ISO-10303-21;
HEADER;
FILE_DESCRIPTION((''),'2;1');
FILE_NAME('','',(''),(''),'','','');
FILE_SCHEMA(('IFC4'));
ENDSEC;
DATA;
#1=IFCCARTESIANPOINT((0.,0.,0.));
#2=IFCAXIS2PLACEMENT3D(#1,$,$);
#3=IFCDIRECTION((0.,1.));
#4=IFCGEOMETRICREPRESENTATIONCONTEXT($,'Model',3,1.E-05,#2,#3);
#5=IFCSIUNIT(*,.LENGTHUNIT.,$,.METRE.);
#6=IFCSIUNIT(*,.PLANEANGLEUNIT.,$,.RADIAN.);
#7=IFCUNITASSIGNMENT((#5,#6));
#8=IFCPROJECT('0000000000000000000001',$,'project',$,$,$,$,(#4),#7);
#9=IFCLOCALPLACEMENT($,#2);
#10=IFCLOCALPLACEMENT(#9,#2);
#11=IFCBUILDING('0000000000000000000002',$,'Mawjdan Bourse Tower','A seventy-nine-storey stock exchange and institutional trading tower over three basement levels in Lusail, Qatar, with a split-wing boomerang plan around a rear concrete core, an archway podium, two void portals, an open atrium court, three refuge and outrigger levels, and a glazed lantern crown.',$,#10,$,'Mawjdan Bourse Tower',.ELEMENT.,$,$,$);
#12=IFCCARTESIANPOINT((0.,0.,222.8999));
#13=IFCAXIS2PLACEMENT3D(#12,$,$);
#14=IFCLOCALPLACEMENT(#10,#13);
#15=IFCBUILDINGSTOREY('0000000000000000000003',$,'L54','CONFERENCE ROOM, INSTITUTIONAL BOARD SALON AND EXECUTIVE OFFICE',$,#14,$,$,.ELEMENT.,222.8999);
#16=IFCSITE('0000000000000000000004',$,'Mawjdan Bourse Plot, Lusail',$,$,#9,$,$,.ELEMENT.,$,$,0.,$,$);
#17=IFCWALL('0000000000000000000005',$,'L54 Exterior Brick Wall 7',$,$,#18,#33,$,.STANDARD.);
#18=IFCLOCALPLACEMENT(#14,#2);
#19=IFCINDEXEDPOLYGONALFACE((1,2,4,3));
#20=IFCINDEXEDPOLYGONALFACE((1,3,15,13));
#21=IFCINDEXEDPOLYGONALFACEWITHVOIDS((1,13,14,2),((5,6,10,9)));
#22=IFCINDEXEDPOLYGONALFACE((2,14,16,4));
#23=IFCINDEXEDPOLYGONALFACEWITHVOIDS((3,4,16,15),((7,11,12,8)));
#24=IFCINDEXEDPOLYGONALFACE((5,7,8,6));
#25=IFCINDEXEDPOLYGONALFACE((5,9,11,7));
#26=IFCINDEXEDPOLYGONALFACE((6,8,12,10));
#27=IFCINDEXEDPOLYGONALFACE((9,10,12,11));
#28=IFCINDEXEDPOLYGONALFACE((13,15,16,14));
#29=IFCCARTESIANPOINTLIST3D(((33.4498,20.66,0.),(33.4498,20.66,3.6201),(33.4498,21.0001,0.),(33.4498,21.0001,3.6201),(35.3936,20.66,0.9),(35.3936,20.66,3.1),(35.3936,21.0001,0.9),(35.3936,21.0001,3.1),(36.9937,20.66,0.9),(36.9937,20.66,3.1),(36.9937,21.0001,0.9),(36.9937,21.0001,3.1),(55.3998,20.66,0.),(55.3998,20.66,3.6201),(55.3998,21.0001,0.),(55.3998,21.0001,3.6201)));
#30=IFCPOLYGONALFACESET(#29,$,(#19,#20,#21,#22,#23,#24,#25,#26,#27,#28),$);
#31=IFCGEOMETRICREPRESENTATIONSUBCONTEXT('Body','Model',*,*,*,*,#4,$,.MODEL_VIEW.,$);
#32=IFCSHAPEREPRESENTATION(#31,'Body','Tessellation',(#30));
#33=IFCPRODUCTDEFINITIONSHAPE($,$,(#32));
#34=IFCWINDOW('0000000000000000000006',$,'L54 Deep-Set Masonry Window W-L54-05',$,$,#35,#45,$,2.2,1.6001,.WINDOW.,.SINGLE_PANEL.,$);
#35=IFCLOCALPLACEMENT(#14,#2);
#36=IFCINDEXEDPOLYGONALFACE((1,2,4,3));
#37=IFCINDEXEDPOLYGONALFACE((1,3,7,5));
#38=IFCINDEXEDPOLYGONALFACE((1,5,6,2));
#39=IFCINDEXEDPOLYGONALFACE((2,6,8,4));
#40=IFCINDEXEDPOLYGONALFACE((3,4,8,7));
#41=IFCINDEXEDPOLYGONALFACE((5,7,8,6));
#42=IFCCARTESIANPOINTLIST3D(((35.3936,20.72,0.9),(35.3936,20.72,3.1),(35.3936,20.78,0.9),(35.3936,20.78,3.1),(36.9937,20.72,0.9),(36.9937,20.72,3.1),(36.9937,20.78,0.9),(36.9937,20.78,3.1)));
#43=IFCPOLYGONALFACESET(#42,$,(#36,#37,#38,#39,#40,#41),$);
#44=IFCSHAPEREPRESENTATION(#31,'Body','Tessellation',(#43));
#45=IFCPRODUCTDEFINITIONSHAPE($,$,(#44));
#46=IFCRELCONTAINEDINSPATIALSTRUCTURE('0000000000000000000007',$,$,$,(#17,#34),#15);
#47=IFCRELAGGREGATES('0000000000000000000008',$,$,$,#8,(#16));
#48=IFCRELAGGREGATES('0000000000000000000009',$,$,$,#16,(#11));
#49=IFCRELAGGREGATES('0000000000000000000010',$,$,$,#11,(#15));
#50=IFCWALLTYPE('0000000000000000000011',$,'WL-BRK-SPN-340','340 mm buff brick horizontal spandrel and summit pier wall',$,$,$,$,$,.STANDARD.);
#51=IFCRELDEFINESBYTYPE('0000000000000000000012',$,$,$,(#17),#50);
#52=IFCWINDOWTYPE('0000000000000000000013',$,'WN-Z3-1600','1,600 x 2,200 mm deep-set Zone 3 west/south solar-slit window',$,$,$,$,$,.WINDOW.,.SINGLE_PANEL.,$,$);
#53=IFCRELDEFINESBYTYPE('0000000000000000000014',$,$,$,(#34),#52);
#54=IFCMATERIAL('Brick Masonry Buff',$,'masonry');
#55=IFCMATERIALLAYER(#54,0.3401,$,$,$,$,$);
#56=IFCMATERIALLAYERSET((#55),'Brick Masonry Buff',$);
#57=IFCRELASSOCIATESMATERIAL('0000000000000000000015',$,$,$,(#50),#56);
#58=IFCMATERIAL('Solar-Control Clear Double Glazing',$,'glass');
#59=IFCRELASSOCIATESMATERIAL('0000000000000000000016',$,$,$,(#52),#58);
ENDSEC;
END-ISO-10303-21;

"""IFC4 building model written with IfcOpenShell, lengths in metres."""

from ifc_helpers import new_model, si_unit, direction, frame, frame_2d, origin, place, context, subcontext, project, spatial, rectangle, extrude, material, layer, layer_set, type_object, element, fill, save


model = new_model("IFC4")

# Units and contexts
model_context = context("Model", 3, precision=1e-05, world=origin(), true_north=direction((0.0, 1.0)))
body_context = subcontext(model_context, "Body", "Model", "MODEL_VIEW")
ifc_project = project(units=[si_unit("LENGTHUNIT", "METRE"), si_unit("PLANEANGLEUNIT", "RADIAN")], contexts=[model_context])

# Site, building, storey
site_placement = place(None, origin())
site = spatial("IfcSite", under=ifc_project, at=site_placement, Name="Mawjdan Bourse Plot, Lusail", CompositionType="ELEMENT", RefElevation=0.0)
building_placement = place(site_placement, origin())
building = spatial("IfcBuilding", under=site, at=building_placement, Name="Mawjdan Bourse Tower", Description="A seventy-nine-storey stock exchange and institutional trading tower over three basement levels in Lusail, Qatar, with a split-wing boomerang plan around a rear concrete core, an archway podium, two void portals, an open atrium court, three refuge and outrigger levels, and a glazed lantern crown.", LongName="Mawjdan Bourse Tower", CompositionType="ELEMENT")
storey_placement = place(building_placement, frame((0.0, 0.0, 222.8999)))
storey = spatial("IfcBuildingStorey", under=building, at=storey_placement, Name="L54", Description="CONFERENCE ROOM, INSTITUTIONAL BOARD SALON AND EXECUTIVE OFFICE", CompositionType="ELEMENT", Elevation=222.8999)

# Shared definitions
ifc_material_1 = material(Name="Brick Masonry Buff", Category="masonry")
ifc_layer_1 = layer(ifc_material_1, 0.3401)
ifc_layer_set_1 = layer_set([ifc_layer_1], Name="Brick Masonry Buff")
wall_type_1 = type_object("IfcWallType", Name="WL-BRK-SPN-340", Description="340 mm buff brick horizontal spandrel and summit pier wall", PredefinedType="STANDARD", material=ifc_layer_set_1)

# Wall, opening, window
wall_1_placement = place(storey_placement, frame((55.3999, 20.8301, 0.0), z_axis=(0.0, 0.0, 1.0), x_axis=(-1.0, 0.0, 0.0)))
wall_1 = element("IfcWall", 1, at=wall_1_placement, inside=storey, type_object=wall_type_1, Name="L54 Exterior Brick Wall 7", PredefinedType="STANDARD", context=body_context, shape_type="SweptSolid", body=[
    extrude(rectangle(XDim=21.95, YDim=0.3401, at=frame_2d((10.9751, 0.0))), origin(), (0.0, 0.0, 1.0), 3.6201),
])
opening_1_placement = place(wall_1_placement, frame((18.4062, 0.0, 0.8999)))
opening_1 = element("IfcOpeningElement", 2, at=opening_1_placement, cuts=wall_1, PredefinedType="OPENING", context=body_context, shape_type="SweptSolid", body=[
    extrude(rectangle(XDim=1.6001, YDim=2.2, at=frame_2d((0.8, 1.1001))), frame((0.0, 0.1802, 0.0), z_axis=(0.0, -1.0, 0.0), x_axis=(1.0, 0.0, 0.0)), (0.0, 0.0, 1.0), 0.3601),
])
ifc_material_2 = material(Name="Solar-Control Clear Double Glazing", Category="glass")
window_type = type_object("IfcWindowType", Name="WN-Z3-1600", Description="1,600 x 2,200 mm deep-set Zone 3 west/south solar-slit window", PartitioningType="SINGLE_PANEL", PredefinedType="WINDOW", material=ifc_material_2)
window_placement = place(opening_1_placement, origin())
window = element("IfcWindow", 3, at=window_placement, inside=storey, type_object=window_type, Name="L54 Deep-Set Masonry Window W-L54-05", OverallHeight=2.2, OverallWidth=1.6001, PartitioningType="SINGLE_PANEL", PredefinedType="WINDOW", context=body_context, shape_type="SweptSolid", body=[
    extrude(rectangle(XDim=1.6001, YDim=2.2, at=frame_2d((0.8, 1.1001))), frame((0.0, 0.1101, 0.0), z_axis=(0.0, -1.0, 0.0), x_axis=(1.0, 0.0, 0.0)), (0.0, 0.0, 1.0), 0.0601),
])
fill(opening_1, window)

save(model, "model.ifc")
